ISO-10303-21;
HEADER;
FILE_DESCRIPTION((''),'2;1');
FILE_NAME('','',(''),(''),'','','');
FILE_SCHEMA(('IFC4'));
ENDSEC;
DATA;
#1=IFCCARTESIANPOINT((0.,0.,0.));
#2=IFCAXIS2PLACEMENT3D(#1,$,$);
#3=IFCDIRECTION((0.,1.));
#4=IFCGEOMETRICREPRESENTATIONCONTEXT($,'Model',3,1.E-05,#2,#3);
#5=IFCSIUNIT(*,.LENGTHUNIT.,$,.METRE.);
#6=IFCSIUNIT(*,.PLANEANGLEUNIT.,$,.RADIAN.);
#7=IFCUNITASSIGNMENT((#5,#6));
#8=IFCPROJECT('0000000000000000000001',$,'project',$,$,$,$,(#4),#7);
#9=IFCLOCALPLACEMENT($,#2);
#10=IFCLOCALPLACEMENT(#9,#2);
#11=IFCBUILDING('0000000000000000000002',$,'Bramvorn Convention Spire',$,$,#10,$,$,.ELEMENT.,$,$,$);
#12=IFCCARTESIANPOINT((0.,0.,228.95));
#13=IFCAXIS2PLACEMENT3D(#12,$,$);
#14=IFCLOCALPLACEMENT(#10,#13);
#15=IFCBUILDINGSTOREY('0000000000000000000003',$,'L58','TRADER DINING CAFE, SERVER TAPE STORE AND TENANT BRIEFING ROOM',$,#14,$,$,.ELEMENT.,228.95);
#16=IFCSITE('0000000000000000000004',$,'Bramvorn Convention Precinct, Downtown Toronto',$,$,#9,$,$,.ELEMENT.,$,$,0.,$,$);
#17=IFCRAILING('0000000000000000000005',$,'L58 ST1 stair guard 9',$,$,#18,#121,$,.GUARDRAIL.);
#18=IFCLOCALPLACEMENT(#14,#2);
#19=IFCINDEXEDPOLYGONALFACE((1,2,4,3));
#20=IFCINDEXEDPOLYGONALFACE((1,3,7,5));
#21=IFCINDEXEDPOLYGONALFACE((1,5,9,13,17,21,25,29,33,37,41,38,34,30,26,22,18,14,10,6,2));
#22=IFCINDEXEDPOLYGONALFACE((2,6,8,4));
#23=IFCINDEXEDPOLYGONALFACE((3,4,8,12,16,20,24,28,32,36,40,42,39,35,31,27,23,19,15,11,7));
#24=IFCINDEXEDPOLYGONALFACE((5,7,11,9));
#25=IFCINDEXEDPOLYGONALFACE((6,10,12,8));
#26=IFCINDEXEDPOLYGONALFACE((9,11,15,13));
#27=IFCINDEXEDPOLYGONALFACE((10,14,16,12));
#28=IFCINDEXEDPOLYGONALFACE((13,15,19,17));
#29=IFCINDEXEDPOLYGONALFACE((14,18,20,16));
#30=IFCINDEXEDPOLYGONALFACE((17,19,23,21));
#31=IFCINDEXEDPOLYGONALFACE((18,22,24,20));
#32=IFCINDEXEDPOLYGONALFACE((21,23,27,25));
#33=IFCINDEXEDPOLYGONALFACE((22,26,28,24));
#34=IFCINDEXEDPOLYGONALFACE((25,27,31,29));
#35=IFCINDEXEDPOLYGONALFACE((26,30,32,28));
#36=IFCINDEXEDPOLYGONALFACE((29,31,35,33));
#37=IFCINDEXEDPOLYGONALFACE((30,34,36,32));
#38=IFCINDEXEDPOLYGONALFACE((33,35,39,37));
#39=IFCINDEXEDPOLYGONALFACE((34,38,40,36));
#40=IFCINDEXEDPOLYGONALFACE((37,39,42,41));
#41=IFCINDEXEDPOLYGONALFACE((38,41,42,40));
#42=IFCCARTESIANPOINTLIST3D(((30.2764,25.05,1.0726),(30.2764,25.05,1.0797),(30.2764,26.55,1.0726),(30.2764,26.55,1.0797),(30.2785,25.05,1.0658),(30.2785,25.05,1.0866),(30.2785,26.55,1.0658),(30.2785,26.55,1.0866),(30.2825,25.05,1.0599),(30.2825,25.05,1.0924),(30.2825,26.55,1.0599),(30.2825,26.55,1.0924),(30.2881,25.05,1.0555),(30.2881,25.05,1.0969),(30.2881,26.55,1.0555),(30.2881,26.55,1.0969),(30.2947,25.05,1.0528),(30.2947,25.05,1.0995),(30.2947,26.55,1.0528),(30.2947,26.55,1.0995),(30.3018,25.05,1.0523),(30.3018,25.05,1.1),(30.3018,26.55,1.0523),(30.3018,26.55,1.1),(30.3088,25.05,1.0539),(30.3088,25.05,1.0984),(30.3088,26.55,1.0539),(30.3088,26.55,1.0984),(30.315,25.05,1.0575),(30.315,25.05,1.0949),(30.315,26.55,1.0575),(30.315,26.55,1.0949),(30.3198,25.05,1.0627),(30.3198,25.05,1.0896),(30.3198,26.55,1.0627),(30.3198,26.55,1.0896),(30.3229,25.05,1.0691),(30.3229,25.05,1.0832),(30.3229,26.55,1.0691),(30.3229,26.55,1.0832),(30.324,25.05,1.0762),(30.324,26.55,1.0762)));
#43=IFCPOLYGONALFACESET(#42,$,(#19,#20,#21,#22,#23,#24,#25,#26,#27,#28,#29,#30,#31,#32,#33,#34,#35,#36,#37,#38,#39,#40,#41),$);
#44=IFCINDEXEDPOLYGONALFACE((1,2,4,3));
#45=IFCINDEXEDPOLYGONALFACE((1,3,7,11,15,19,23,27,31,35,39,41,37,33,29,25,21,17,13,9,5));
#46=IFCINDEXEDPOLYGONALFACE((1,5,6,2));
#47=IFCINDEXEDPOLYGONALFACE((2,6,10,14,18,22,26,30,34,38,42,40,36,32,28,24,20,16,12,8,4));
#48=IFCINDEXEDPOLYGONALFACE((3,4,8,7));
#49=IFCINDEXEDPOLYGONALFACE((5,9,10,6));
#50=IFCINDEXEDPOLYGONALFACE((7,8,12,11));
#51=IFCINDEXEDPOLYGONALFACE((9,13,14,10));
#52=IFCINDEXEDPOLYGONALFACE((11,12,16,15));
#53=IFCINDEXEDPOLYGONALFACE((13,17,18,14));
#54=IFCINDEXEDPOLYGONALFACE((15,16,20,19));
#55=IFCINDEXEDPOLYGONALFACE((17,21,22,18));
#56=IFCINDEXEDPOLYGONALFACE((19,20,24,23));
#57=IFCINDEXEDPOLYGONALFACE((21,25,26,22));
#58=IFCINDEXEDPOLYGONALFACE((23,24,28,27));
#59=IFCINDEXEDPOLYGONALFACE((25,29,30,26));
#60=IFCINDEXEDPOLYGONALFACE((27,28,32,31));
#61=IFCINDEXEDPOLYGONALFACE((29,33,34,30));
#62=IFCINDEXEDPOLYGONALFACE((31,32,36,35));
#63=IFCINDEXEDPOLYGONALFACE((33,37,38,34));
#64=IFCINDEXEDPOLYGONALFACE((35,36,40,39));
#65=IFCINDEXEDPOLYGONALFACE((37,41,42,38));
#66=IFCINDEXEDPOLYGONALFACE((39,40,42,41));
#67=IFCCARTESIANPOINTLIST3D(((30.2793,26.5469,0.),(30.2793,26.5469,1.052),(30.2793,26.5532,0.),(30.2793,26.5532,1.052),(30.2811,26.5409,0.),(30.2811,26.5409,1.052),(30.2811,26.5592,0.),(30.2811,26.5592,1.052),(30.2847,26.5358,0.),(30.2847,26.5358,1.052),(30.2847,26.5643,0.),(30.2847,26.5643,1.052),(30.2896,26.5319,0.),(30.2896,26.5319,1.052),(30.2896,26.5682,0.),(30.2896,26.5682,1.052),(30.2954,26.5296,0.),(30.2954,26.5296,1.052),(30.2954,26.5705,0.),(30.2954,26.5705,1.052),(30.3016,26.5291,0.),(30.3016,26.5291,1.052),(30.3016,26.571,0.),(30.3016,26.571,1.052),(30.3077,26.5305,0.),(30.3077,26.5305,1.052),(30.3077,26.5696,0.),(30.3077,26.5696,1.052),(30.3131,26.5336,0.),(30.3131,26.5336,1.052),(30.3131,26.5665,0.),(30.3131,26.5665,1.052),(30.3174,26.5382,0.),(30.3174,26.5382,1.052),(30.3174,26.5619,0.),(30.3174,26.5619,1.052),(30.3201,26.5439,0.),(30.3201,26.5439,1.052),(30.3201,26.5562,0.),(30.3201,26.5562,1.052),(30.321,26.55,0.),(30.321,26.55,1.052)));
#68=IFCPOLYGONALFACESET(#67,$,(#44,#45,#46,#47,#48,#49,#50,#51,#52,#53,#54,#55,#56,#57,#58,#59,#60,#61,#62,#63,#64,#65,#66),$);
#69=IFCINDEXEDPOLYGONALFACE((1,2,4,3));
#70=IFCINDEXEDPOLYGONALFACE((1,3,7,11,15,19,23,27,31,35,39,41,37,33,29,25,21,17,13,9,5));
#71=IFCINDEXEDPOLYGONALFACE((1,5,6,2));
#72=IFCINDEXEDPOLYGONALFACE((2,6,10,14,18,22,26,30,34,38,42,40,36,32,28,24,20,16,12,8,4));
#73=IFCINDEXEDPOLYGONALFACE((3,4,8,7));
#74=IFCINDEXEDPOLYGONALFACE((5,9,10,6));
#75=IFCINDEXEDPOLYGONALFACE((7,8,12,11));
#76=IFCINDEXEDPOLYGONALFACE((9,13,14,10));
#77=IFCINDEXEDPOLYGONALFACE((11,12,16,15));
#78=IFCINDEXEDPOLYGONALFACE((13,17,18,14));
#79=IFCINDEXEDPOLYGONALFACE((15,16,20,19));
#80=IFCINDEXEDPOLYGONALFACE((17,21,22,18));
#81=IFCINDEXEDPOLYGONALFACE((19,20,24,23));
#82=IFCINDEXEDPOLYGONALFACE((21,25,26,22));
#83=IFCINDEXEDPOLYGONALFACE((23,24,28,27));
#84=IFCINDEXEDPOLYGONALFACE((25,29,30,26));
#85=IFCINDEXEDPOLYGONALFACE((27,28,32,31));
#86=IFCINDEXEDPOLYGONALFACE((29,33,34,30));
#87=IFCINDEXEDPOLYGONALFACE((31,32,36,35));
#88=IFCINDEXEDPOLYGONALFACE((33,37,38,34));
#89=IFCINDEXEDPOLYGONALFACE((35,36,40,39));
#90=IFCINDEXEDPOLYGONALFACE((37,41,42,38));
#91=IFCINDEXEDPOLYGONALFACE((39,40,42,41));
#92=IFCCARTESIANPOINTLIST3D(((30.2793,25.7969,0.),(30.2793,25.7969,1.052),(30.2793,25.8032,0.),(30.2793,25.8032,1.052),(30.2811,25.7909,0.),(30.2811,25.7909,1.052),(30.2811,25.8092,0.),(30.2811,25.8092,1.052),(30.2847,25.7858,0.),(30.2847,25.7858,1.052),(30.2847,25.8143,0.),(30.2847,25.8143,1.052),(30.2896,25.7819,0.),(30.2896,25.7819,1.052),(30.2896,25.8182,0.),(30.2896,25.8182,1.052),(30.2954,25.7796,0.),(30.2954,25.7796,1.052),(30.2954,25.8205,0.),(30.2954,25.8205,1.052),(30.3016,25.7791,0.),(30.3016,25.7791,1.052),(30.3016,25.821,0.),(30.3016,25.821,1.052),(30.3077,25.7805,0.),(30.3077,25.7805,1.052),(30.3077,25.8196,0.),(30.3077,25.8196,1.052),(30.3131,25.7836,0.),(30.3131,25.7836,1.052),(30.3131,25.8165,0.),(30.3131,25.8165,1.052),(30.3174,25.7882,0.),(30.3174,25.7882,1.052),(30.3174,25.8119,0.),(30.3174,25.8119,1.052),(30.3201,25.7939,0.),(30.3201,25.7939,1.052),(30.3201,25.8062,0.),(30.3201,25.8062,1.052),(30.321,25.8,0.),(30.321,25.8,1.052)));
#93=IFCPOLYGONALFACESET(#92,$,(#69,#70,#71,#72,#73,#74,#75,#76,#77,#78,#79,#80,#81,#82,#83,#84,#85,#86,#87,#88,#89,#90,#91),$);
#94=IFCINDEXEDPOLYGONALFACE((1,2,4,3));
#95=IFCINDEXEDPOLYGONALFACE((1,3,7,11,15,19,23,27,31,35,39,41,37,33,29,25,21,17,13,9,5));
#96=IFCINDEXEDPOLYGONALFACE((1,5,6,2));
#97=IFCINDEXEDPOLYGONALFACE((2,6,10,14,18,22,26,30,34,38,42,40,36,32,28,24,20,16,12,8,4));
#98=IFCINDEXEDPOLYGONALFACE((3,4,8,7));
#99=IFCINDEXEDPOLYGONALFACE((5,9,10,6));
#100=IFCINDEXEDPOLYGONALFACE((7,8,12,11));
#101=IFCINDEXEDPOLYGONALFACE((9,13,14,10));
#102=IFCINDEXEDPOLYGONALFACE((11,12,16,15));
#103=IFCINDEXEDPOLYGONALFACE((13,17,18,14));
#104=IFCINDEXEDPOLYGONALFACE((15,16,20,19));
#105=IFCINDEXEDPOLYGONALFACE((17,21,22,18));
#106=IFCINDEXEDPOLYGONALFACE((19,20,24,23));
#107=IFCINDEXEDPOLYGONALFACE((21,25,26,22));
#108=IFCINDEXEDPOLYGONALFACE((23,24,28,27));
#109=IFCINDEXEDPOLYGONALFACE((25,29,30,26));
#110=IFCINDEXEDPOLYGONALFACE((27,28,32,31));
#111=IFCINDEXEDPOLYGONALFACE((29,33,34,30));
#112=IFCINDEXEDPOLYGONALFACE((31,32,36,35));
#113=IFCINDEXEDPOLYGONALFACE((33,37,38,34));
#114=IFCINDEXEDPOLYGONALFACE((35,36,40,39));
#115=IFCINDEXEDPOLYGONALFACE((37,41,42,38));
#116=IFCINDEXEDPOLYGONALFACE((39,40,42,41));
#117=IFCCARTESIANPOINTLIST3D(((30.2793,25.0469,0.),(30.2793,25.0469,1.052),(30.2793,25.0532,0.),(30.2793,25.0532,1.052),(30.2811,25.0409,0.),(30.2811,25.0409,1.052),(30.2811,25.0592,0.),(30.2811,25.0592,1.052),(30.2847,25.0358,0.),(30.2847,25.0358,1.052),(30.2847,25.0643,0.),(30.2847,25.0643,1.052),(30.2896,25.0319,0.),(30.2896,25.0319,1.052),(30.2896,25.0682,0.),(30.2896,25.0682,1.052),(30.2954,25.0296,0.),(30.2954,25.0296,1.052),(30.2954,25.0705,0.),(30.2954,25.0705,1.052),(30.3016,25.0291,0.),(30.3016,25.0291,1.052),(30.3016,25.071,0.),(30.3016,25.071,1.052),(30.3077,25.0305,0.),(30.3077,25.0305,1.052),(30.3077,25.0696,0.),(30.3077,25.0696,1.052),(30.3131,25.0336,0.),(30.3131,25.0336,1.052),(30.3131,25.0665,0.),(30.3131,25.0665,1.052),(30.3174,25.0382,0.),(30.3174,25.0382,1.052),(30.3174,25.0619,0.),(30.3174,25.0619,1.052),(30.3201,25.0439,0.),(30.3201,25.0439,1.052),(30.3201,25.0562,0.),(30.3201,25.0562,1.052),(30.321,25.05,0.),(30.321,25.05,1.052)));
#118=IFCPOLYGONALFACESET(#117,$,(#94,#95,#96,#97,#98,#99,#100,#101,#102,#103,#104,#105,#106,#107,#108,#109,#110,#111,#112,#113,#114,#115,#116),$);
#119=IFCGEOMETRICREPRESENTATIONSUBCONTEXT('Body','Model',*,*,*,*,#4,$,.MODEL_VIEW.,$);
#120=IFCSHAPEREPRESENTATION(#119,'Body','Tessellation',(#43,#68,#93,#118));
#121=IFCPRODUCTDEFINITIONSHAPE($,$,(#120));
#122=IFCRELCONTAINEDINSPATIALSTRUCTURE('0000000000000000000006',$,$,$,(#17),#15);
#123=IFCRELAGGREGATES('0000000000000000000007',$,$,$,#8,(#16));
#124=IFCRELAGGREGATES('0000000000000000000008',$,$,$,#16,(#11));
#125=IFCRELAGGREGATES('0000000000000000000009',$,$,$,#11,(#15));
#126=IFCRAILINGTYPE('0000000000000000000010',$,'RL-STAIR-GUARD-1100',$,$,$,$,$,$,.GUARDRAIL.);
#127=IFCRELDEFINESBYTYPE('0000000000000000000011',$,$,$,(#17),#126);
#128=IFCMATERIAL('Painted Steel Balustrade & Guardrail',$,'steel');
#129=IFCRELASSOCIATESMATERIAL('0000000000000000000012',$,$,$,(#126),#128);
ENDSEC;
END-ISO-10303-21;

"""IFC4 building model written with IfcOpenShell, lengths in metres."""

from ifc_helpers import new_model, si_unit, direction, frame, origin, origin_2d, place, context, subcontext, project, spatial, circle, extrude, material, type_object, element, save


model = new_model("IFC4")

# Units and contexts
model_context = context("Model", 3, precision=1e-05, world=origin(), true_north=direction((0.0, 1.0)))
body_context = subcontext(model_context, "Body", "Model", "MODEL_VIEW")
ifc_project = project(units=[si_unit("LENGTHUNIT", "METRE"), si_unit("PLANEANGLEUNIT", "RADIAN")], contexts=[model_context])

# Site, building, storey
site_placement = place(None, origin())
site = spatial("IfcSite", under=ifc_project, at=site_placement, Name="Bramvorn Convention Precinct, Downtown Toronto", CompositionType="ELEMENT", RefElevation=0.0)
building_placement = place(site_placement, origin())
building = spatial("IfcBuilding", under=site, at=building_placement, Name="Bramvorn Convention Spire", CompositionType="ELEMENT")
storey_placement = place(building_placement, frame((0.0, 0.0, 228.95)))
storey = spatial("IfcBuildingStorey", under=building, at=storey_placement, Name="L58", Description="TRADER DINING CAFE, SERVER TAPE STORE AND TENANT BRIEFING ROOM", CompositionType="ELEMENT", Elevation=228.95)

# Railing
ifc_material_1 = material(Name="Painted Steel Balustrade & Guardrail", Category="steel")
railing_type = type_object("IfcRailingType", Name="RL-STAIR-GUARD-1100", PredefinedType="GUARDRAIL", material=ifc_material_1)
railing_1_placement = place(storey_placement, frame((30.3, 26.55, 0.0)))
element("IfcRailing", 1, at=railing_1_placement, inside=storey, type_object=railing_type, Name="L58 ST1 stair guard 9", PredefinedType="GUARDRAIL", context=body_context, shape_type="SweptSolid", body=[
    extrude(circle(Radius=0.0239, at=origin_2d()), frame((0.0, 0.0, 1.0762), z_axis=(0.0, -1.0, 0.0), x_axis=(1.0, 0.0, 0.0)), (0.0, 0.0, 1.0), 1.5),
    extrude(circle(Radius=0.021, at=origin_2d()), origin(), (0.0, 0.0, 1.0), 1.052),
    extrude(circle(Radius=0.021, at=origin_2d()), frame((0.0, -0.75, 0.0)), (0.0, 0.0, 1.0), 1.052),
    extrude(circle(Radius=0.021, at=origin_2d()), frame((0.0, -1.5, 0.0)), (0.0, 0.0, 1.0), 1.052),
])

save(model, "model.ifc")
